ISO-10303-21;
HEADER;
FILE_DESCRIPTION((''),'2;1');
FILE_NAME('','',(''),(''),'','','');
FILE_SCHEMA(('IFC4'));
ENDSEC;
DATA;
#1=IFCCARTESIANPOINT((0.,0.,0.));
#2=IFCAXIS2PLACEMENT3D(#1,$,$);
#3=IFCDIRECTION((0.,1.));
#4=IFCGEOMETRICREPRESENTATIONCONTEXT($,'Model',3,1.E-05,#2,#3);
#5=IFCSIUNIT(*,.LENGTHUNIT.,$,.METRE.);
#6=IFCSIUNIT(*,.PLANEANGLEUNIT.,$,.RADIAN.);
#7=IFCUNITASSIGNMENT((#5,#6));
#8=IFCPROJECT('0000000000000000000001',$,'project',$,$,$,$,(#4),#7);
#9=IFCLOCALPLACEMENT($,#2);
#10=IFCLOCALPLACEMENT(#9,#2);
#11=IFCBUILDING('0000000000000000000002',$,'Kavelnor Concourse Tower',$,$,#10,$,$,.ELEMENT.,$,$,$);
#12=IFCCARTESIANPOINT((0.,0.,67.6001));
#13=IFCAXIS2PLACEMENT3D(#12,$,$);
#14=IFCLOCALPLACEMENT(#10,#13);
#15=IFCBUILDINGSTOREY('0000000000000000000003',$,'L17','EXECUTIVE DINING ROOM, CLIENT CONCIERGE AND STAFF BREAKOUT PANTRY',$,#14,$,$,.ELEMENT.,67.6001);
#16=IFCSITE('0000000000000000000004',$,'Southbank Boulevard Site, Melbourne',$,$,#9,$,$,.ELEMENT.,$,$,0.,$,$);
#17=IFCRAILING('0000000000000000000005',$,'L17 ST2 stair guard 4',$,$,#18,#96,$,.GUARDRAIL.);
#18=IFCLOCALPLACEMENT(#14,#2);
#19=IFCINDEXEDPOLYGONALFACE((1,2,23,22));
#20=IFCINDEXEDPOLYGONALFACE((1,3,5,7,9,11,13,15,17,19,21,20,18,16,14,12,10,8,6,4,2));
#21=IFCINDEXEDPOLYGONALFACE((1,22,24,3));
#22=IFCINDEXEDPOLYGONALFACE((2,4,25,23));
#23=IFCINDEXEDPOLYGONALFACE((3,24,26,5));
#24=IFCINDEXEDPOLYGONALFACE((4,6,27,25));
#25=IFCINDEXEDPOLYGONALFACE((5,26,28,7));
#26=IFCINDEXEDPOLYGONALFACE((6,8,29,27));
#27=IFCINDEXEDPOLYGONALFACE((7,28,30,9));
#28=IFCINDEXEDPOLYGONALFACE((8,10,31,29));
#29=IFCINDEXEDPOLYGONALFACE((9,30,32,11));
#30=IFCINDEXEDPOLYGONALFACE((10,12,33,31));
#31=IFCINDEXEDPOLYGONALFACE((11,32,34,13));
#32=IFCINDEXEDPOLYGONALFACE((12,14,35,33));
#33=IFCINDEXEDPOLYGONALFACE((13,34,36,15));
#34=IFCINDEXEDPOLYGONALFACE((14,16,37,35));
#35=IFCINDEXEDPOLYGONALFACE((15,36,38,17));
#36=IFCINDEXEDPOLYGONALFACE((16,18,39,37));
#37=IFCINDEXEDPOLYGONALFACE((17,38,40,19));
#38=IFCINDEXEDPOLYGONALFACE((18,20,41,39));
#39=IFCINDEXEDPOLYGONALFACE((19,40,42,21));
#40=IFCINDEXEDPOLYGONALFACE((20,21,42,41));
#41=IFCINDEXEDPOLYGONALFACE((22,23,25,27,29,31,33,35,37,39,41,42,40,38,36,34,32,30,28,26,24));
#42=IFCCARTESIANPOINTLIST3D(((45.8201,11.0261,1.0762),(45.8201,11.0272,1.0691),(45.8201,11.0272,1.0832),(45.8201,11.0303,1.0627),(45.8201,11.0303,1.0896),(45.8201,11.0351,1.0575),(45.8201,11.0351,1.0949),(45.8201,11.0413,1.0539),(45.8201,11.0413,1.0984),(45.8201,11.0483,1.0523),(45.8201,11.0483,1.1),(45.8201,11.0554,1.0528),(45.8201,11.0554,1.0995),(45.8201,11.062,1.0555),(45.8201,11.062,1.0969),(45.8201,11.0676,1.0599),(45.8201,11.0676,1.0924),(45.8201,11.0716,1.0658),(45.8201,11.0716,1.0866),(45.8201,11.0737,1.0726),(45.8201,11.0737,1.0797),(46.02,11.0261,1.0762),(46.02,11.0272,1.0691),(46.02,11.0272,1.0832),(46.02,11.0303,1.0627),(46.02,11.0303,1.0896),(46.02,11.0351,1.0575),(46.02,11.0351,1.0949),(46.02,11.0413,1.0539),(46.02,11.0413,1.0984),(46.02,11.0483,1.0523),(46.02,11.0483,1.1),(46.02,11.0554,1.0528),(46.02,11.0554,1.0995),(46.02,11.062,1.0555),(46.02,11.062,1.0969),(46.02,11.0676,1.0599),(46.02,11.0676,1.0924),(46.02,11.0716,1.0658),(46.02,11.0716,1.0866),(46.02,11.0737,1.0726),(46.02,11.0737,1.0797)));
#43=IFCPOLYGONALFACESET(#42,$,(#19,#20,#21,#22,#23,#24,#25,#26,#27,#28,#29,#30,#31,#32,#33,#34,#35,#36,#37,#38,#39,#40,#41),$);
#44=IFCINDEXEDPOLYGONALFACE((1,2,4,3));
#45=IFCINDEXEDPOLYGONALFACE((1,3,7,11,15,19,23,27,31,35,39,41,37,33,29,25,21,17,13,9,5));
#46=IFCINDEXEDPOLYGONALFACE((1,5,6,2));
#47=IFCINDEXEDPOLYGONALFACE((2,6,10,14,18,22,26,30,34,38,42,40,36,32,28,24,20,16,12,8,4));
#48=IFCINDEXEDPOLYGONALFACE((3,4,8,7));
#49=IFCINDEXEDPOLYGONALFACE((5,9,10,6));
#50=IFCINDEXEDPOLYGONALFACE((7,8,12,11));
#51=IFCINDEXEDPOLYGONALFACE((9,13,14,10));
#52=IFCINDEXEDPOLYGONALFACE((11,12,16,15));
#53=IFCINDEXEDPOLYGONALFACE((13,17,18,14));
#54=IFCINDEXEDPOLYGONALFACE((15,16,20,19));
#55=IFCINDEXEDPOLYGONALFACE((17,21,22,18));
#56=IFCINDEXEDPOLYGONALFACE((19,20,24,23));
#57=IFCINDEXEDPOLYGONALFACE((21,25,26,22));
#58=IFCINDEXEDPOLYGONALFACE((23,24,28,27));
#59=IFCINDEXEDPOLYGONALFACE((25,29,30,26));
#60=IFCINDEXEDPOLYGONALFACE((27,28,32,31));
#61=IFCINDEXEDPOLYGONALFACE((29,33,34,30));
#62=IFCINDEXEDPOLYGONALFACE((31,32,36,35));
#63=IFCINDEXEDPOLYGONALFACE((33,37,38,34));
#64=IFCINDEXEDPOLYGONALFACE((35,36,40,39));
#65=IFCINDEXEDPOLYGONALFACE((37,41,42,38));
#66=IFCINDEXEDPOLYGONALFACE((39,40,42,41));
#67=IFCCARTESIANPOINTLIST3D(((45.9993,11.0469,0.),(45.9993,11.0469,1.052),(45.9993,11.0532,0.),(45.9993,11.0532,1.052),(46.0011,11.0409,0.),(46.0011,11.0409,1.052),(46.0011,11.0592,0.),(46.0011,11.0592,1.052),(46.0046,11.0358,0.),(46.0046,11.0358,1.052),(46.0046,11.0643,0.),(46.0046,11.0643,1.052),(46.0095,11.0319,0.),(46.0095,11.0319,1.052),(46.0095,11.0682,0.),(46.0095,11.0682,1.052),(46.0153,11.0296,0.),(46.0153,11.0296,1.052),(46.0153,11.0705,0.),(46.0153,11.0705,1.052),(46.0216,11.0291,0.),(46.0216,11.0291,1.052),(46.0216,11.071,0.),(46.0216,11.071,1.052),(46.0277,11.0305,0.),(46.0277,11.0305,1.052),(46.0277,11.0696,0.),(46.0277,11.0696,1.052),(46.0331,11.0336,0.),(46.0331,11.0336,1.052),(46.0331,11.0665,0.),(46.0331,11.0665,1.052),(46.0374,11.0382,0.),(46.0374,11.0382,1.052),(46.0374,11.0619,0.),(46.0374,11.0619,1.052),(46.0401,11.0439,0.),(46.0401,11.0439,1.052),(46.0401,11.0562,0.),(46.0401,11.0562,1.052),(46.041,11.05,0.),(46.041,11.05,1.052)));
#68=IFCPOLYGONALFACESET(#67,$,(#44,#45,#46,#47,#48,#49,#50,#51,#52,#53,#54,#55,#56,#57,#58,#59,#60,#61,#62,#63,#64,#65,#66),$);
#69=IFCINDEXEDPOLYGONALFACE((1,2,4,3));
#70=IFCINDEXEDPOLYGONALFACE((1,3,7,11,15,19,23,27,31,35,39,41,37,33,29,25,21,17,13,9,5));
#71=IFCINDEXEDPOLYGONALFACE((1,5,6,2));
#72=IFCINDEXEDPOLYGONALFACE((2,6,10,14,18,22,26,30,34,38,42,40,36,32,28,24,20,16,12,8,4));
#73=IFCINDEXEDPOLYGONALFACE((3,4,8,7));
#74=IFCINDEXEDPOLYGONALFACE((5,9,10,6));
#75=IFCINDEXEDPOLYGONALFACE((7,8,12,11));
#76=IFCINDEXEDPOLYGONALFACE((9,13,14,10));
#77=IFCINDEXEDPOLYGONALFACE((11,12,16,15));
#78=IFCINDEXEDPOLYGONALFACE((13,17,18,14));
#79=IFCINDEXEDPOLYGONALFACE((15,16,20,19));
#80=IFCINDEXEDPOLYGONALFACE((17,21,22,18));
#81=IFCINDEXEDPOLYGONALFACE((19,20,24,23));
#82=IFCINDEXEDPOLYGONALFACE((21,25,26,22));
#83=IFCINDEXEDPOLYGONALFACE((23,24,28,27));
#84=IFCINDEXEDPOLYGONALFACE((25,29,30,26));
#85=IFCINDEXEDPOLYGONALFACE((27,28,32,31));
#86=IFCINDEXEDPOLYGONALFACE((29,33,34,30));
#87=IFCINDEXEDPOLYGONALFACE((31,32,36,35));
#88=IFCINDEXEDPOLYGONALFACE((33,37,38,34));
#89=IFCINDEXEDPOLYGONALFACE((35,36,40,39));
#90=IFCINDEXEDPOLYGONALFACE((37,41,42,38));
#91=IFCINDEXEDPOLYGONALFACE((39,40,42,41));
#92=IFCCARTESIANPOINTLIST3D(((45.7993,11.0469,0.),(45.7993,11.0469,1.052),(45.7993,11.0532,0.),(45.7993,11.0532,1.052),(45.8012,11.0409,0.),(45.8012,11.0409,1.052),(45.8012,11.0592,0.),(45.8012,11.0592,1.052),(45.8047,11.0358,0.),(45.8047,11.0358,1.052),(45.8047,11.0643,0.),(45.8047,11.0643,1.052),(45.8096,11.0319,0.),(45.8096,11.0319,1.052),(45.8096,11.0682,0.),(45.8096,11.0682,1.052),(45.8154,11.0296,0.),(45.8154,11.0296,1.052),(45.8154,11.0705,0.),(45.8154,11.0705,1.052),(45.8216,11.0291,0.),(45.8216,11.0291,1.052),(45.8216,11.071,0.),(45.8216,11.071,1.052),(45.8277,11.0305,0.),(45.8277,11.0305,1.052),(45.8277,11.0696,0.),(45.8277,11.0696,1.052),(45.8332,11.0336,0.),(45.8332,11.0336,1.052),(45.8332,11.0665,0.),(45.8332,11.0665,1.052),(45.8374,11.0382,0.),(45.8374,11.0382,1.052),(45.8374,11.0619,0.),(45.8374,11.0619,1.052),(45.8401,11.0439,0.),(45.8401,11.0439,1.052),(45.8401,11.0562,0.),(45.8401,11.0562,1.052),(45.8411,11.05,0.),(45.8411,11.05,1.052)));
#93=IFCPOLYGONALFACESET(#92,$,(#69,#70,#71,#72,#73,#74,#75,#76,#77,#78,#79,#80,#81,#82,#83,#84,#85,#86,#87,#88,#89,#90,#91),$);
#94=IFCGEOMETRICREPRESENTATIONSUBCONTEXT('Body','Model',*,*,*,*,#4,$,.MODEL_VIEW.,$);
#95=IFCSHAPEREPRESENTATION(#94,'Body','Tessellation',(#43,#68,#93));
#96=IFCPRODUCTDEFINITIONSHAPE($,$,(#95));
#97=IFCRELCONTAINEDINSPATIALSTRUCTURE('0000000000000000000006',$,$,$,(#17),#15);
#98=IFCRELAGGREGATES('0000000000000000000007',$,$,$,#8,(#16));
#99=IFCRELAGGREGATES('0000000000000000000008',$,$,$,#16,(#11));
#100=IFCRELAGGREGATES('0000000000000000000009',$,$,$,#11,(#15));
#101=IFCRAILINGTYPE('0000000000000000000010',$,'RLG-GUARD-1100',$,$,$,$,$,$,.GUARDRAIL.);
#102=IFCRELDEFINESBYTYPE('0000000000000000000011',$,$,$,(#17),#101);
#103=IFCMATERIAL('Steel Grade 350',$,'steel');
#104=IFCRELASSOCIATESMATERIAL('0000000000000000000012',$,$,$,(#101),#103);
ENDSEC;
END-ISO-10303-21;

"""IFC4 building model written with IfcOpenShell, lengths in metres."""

from ifc_helpers import new_model, si_unit, direction, frame, origin, origin_2d, place, context, subcontext, project, spatial, circle, extrude, material, type_object, element, save


model = new_model("IFC4")

# Units and contexts
model_context = context("Model", 3, precision=1e-05, world=origin(), true_north=direction((0.0, 1.0)))
body_context = subcontext(model_context, "Body", "Model", "MODEL_VIEW")
ifc_project = project(units=[si_unit("LENGTHUNIT", "METRE"), si_unit("PLANEANGLEUNIT", "RADIAN")], contexts=[model_context])

# Site, building, storey
site_placement = place(None, origin())
site = spatial("IfcSite", under=ifc_project, at=site_placement, Name="Southbank Boulevard Site, Melbourne", CompositionType="ELEMENT", RefElevation=0.0)
building_placement = place(site_placement, origin())
building = spatial("IfcBuilding", under=site, at=building_placement, Name="Kavelnor Concourse Tower", CompositionType="ELEMENT")
storey_placement = place(building_placement, frame((0.0, 0.0, 67.6001)))
storey = spatial("IfcBuildingStorey", under=building, at=storey_placement, Name="L17", Description="EXECUTIVE DINING ROOM, CLIENT CONCIERGE AND STAFF BREAKOUT PANTRY", CompositionType="ELEMENT", Elevation=67.6001)

# Shared definitions
ifc_material_1 = material(Name="Steel Grade 350", Category="steel")

# Railing
railing_type_1 = type_object("IfcRailingType", Name="RLG-GUARD-1100", PredefinedType="GUARDRAIL", material=ifc_material_1)
railing_1_placement = place(storey_placement, frame((46.02, 11.05, 0.0)))
element("IfcRailing", 1, at=railing_1_placement, inside=storey, type_object=railing_type_1, Name="L17 ST2 stair guard 4", PredefinedType="GUARDRAIL", context=body_context, shape_type="SweptSolid", body=[
    extrude(circle(Radius=0.0239, at=origin_2d()), frame((0.0, 0.0, 1.0762), z_axis=(-1.0, 0.0, 0.0), x_axis=(0.0, -1.0, 0.0)), (0.0, 0.0, 1.0), 0.2),
    extrude(circle(Radius=0.021, at=origin_2d()), origin(), (0.0, 0.0, 1.0), 1.052),
    extrude(circle(Radius=0.021, at=origin_2d()), frame((-0.2, 0.0, 0.0)), (0.0, 0.0, 1.0), 1.052),
])

save(model, "model.ifc")
